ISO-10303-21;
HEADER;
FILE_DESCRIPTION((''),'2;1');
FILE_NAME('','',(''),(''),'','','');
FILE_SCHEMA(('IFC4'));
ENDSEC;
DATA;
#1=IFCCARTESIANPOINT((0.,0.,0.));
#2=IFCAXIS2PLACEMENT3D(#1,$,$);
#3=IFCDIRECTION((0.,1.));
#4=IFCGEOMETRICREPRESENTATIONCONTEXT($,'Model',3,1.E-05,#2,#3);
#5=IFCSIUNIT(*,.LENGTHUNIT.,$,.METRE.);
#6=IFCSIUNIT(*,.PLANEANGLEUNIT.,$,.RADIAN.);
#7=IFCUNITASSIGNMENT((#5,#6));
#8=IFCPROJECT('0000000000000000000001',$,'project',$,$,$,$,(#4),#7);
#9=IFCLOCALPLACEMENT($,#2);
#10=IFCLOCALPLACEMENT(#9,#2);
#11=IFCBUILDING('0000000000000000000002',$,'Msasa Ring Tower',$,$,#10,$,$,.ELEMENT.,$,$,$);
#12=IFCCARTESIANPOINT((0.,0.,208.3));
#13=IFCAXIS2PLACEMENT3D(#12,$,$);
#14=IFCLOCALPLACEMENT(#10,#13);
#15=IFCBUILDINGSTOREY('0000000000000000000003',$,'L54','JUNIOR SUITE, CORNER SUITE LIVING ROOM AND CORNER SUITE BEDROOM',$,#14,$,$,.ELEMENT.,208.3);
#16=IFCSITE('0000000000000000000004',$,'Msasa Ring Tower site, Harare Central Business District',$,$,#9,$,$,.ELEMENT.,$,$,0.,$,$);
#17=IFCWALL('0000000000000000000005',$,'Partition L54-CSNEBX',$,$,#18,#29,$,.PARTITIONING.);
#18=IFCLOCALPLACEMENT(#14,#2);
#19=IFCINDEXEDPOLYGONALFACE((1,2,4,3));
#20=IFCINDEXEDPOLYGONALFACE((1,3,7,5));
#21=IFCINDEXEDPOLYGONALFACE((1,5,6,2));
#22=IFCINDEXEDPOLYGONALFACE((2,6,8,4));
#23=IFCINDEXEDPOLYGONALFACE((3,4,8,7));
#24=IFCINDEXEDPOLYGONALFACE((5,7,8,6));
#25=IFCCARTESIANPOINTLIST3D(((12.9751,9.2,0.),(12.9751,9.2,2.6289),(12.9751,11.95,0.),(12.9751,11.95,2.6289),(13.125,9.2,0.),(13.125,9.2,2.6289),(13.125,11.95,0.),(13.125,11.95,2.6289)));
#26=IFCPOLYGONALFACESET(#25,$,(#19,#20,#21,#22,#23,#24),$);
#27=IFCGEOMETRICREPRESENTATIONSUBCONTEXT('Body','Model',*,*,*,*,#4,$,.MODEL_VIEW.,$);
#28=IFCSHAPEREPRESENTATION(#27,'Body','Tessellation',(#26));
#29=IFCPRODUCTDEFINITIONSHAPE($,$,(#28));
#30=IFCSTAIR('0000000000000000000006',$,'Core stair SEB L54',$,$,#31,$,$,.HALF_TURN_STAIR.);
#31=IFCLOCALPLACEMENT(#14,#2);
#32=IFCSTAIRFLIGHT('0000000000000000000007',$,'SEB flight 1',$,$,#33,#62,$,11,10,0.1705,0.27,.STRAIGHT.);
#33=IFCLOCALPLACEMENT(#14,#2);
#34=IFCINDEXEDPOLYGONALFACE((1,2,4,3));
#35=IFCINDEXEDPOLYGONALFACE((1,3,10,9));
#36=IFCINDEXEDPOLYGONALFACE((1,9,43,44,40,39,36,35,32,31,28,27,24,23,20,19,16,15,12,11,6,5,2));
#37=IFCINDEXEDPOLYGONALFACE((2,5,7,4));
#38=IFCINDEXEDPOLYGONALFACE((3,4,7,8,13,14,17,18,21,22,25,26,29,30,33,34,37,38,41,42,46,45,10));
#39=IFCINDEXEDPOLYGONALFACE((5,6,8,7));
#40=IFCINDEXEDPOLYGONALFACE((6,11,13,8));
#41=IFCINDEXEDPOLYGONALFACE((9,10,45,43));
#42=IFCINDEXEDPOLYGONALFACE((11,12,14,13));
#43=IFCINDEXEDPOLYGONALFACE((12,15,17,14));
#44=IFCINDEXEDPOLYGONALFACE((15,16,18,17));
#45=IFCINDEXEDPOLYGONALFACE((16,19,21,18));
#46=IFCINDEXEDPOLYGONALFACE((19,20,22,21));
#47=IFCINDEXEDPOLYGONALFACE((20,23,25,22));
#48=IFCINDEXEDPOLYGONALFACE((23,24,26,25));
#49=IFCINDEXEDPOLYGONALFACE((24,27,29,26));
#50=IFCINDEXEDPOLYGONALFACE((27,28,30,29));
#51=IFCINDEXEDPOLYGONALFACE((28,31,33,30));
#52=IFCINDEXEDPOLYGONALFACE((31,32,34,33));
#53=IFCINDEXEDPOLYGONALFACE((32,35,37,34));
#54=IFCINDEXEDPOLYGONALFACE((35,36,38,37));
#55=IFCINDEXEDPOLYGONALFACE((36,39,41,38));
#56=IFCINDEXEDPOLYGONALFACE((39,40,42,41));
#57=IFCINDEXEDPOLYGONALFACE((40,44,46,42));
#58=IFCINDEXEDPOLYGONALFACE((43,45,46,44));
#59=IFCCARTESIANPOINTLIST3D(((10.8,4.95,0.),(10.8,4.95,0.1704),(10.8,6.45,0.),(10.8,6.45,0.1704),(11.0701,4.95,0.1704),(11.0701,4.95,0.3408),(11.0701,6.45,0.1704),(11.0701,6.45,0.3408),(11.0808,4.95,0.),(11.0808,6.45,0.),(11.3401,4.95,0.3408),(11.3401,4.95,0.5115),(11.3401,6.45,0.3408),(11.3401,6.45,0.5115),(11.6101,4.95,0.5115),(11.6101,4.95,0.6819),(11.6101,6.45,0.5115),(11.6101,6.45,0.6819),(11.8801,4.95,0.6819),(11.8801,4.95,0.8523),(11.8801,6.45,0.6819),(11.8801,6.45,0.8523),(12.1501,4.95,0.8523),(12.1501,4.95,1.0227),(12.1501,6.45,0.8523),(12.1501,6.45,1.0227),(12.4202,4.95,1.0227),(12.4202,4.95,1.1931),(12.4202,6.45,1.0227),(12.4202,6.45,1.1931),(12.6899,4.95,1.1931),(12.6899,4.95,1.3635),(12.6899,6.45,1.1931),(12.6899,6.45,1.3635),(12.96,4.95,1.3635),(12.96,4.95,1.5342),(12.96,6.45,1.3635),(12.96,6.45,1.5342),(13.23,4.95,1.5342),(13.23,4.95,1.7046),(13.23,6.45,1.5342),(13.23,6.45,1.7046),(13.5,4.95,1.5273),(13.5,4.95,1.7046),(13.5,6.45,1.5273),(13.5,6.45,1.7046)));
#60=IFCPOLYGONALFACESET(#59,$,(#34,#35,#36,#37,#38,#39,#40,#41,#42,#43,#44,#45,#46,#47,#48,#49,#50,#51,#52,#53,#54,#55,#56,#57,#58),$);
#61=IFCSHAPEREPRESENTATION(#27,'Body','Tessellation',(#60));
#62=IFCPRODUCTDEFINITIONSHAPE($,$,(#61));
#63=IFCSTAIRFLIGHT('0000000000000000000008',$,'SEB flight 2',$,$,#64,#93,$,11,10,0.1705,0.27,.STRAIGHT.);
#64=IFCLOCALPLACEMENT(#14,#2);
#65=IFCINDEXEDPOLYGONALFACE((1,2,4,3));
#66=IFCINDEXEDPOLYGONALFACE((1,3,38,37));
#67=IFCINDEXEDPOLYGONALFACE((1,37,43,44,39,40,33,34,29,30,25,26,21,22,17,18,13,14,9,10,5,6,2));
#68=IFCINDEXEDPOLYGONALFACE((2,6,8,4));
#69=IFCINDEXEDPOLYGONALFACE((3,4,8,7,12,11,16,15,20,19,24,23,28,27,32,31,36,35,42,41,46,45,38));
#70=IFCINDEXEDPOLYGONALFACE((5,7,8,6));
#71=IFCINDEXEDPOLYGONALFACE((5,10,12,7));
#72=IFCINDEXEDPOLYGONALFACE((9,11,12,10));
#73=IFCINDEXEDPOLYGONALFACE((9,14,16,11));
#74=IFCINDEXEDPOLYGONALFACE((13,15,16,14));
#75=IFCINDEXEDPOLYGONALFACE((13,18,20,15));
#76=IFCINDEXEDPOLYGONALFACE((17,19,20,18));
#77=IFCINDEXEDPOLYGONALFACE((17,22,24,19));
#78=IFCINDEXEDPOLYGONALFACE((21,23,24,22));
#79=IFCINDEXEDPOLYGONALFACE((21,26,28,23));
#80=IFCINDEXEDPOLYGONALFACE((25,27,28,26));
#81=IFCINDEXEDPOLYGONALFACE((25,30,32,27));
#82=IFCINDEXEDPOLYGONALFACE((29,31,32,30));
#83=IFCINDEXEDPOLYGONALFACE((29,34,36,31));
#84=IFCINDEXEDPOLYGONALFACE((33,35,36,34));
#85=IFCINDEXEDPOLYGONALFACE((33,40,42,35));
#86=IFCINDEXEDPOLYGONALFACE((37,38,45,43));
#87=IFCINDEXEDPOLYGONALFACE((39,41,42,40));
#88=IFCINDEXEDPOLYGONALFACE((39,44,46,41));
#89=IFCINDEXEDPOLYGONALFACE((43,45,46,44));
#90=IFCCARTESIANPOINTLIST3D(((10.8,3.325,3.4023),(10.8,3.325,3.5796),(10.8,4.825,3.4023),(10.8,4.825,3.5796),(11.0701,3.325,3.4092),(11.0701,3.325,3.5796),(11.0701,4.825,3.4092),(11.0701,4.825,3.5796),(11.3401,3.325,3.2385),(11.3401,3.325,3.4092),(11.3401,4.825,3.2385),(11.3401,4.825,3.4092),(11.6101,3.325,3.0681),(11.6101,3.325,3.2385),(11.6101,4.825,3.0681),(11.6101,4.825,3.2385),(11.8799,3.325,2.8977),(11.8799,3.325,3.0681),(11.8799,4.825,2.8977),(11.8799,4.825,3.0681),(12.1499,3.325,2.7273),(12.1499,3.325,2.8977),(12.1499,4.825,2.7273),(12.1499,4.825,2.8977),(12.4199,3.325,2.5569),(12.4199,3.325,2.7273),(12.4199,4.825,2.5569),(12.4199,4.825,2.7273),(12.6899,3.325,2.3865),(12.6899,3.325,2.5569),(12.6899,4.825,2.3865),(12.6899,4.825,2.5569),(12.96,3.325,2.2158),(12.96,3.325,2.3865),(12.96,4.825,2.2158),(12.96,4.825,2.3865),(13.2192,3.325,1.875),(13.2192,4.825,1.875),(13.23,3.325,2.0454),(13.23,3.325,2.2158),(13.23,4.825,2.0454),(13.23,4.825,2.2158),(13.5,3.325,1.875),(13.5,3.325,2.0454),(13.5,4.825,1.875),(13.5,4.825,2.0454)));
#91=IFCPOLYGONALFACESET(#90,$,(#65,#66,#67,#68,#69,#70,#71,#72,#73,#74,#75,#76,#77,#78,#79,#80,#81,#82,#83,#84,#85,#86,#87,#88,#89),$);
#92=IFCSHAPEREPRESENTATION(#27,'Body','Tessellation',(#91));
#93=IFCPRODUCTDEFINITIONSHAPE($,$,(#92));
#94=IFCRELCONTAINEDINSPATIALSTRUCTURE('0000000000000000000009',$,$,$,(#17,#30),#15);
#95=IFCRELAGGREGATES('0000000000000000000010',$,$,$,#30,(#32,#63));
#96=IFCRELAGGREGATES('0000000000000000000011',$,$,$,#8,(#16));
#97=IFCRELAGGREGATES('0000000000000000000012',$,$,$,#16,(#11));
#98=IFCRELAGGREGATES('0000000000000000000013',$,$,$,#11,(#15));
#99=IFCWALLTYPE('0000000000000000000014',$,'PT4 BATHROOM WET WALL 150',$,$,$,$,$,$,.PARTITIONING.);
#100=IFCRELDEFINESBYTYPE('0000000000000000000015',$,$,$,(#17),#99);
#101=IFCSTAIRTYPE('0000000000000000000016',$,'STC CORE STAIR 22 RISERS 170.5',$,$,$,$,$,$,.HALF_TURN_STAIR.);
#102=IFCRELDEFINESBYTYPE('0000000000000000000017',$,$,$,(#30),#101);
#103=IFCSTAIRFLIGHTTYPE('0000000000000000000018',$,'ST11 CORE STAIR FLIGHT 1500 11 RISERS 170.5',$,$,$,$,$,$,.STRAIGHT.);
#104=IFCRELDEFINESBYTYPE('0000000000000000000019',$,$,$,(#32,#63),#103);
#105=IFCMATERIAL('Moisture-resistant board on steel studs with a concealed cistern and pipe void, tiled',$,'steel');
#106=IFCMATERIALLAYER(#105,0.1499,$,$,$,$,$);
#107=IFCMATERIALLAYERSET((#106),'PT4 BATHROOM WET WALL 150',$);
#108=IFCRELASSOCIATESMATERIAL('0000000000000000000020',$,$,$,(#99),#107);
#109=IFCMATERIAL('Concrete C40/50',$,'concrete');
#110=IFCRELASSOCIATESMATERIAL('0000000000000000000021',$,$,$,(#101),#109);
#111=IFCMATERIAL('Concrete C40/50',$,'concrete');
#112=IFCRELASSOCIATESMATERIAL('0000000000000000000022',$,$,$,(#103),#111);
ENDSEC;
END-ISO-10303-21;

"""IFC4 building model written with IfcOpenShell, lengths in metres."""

from ifc_helpers import new_model, si_unit, direction, frame, frame_2d, origin, place, context, subcontext, project, spatial, polyline, rectangle, outline, extrude, material, layer, layer_set, type_object, element, aggregate, save


model = new_model("IFC4")

# Units and contexts
model_context = context("Model", 3, precision=1e-05, world=origin(), true_north=direction((0.0, 1.0)))
body_context = subcontext(model_context, "Body", "Model", "MODEL_VIEW")
ifc_project = project(units=[si_unit("LENGTHUNIT", "METRE"), si_unit("PLANEANGLEUNIT", "RADIAN")], contexts=[model_context])

# Site, building, storey
site_placement = place(None, origin())
site = spatial("IfcSite", under=ifc_project, at=site_placement, Name="Msasa Ring Tower site, Harare Central Business District", CompositionType="ELEMENT", RefElevation=0.0)
building_placement = place(site_placement, origin())
building = spatial("IfcBuilding", under=site, at=building_placement, Name="Msasa Ring Tower", CompositionType="ELEMENT")
storey_placement = place(building_placement, frame((0.0, 0.0, 208.3)))
storey = spatial("IfcBuildingStorey", under=building, at=storey_placement, Name="L54", Description="JUNIOR SUITE, CORNER SUITE LIVING ROOM AND CORNER SUITE BEDROOM", CompositionType="ELEMENT", Elevation=208.3)

# Shared definitions
ifc_material_1 = material(Name="Moisture-resistant board on steel studs with a concealed cistern and pipe void, tiled", Category="steel")
ifc_layer_1 = layer(ifc_material_1, 0.1499)
ifc_layer_set_1 = layer_set([ifc_layer_1], Name="PT4 BATHROOM WET WALL 150")
wall_type_1 = type_object("IfcWallType", Name="PT4 BATHROOM WET WALL 150", PredefinedType="PARTITIONING", material=ifc_layer_set_1)

# Wall
wall_1_placement = place(storey_placement, frame((13.05, 9.2, 0.0), z_axis=(0.0, 0.0, 1.0), x_axis=(0.0, 1.0, 0.0)))
element("IfcWall", 1, at=wall_1_placement, inside=storey, type_object=wall_type_1, Name="Partition L54-CSNEBX", PredefinedType="PARTITIONING", context=body_context, shape_type="SweptSolid", body=[
    extrude(rectangle(XDim=2.75, YDim=0.1499, at=frame_2d((1.375, 0.0))), origin(), (0.0, 0.0, 1.0), 2.6289),
])

# Stair, stair flights
ifc_material_2 = material(Name="Concrete C40/50", Category="concrete")
stair_type = type_object("IfcStairType", Name="STC CORE STAIR 22 RISERS 170.5", PredefinedType="HALF_TURN_STAIR", material=ifc_material_2)
stair_placement = place(storey_placement, origin())
stair = element("IfcStair", 2, at=stair_placement, inside=storey, type_object=stair_type, Name="Core stair SEB L54", PredefinedType="HALF_TURN_STAIR")
ifc_material_3 = material(Name="Concrete C40/50", Category="concrete")
stair_flight_type = type_object("IfcStairFlightType", Name="ST11 CORE STAIR FLIGHT 1500 11 RISERS 170.5", PredefinedType="STRAIGHT", material=ifc_material_3)
stair_flight_1_placement = place(storey_placement, frame((10.8, 5.7, 0.0), z_axis=(0.0, 0.0, 1.0), x_axis=(1.0, 0.0, 0.0)))
stair_flight_1 = element("IfcStairFlight", 3, at=stair_flight_1_placement, type_object=stair_flight_type, Name="SEB flight 1", NumberOfRisers=11, NumberOfTreads=10, PredefinedType="STRAIGHT", RiserHeight=0.1705, TreadLength=0.27, context=body_context, shape_type="SweptSolid", body=[
    extrude(outline(polyline([(0.0, 0.0), (0.0, 0.1704), (0.27, 0.1704), (0.27, 0.3408), (0.54, 0.3408), (0.54, 0.5115), (0.8101, 0.5115), (0.8101, 0.6819), (1.0801, 0.6819), (1.0801, 0.8523), (1.3501, 0.8523), (1.3501, 1.0227), (1.6201, 1.0227), (1.6201, 1.1931), (1.8899, 1.1931), (1.8899, 1.3635), (2.1599, 1.3635), (2.1599, 1.5342), (2.4299, 1.5342), (2.4299, 1.7046), (2.7, 1.7046), (2.7, 1.875), (2.7, 1.5273), (0.2808, 0.0), (0.0, 0.0)])), frame((0.0, 0.75, 0.0), z_axis=(0.0, -1.0, 0.0), x_axis=(1.0, 0.0, 0.0)), (0.0, 0.0, 1.0), 1.5),
])
stair_flight_2_placement = place(storey_placement, frame((13.5, 4.075, 1.875), z_axis=(0.0, 0.0, 1.0), x_axis=(-1.0, 0.0, 0.0)))
stair_flight_2 = element("IfcStairFlight", 4, at=stair_flight_2_placement, type_object=stair_flight_type, Name="SEB flight 2", NumberOfRisers=11, NumberOfTreads=10, PredefinedType="STRAIGHT", RiserHeight=0.1705, TreadLength=0.27, context=body_context, shape_type="SweptSolid", body=[
    extrude(outline(polyline([(0.0, 0.0), (0.0, 0.1704), (0.27, 0.1704), (0.27, 0.3408), (0.54, 0.3408), (0.54, 0.5115), (0.8101, 0.5115), (0.8101, 0.6819), (1.0801, 0.6819), (1.0801, 0.8523), (1.3501, 0.8523), (1.3501, 1.0227), (1.6201, 1.0227), (1.6201, 1.1931), (1.8899, 1.1931), (1.8899, 1.3635), (2.1599, 1.3635), (2.1599, 1.5342), (2.4299, 1.5342), (2.4299, 1.7046), (2.7, 1.7046), (2.7, 1.875), (2.7, 1.5273), (0.2808, 0.0), (0.0, 0.0)])), frame((0.0, 0.75, 0.0), z_axis=(0.0, -1.0, 0.0), x_axis=(1.0, 0.0, 0.0)), (0.0, 0.0, 1.0), 1.5),
])
aggregate(stair, [stair_flight_1, stair_flight_2])

save(model, "model.ifc")
